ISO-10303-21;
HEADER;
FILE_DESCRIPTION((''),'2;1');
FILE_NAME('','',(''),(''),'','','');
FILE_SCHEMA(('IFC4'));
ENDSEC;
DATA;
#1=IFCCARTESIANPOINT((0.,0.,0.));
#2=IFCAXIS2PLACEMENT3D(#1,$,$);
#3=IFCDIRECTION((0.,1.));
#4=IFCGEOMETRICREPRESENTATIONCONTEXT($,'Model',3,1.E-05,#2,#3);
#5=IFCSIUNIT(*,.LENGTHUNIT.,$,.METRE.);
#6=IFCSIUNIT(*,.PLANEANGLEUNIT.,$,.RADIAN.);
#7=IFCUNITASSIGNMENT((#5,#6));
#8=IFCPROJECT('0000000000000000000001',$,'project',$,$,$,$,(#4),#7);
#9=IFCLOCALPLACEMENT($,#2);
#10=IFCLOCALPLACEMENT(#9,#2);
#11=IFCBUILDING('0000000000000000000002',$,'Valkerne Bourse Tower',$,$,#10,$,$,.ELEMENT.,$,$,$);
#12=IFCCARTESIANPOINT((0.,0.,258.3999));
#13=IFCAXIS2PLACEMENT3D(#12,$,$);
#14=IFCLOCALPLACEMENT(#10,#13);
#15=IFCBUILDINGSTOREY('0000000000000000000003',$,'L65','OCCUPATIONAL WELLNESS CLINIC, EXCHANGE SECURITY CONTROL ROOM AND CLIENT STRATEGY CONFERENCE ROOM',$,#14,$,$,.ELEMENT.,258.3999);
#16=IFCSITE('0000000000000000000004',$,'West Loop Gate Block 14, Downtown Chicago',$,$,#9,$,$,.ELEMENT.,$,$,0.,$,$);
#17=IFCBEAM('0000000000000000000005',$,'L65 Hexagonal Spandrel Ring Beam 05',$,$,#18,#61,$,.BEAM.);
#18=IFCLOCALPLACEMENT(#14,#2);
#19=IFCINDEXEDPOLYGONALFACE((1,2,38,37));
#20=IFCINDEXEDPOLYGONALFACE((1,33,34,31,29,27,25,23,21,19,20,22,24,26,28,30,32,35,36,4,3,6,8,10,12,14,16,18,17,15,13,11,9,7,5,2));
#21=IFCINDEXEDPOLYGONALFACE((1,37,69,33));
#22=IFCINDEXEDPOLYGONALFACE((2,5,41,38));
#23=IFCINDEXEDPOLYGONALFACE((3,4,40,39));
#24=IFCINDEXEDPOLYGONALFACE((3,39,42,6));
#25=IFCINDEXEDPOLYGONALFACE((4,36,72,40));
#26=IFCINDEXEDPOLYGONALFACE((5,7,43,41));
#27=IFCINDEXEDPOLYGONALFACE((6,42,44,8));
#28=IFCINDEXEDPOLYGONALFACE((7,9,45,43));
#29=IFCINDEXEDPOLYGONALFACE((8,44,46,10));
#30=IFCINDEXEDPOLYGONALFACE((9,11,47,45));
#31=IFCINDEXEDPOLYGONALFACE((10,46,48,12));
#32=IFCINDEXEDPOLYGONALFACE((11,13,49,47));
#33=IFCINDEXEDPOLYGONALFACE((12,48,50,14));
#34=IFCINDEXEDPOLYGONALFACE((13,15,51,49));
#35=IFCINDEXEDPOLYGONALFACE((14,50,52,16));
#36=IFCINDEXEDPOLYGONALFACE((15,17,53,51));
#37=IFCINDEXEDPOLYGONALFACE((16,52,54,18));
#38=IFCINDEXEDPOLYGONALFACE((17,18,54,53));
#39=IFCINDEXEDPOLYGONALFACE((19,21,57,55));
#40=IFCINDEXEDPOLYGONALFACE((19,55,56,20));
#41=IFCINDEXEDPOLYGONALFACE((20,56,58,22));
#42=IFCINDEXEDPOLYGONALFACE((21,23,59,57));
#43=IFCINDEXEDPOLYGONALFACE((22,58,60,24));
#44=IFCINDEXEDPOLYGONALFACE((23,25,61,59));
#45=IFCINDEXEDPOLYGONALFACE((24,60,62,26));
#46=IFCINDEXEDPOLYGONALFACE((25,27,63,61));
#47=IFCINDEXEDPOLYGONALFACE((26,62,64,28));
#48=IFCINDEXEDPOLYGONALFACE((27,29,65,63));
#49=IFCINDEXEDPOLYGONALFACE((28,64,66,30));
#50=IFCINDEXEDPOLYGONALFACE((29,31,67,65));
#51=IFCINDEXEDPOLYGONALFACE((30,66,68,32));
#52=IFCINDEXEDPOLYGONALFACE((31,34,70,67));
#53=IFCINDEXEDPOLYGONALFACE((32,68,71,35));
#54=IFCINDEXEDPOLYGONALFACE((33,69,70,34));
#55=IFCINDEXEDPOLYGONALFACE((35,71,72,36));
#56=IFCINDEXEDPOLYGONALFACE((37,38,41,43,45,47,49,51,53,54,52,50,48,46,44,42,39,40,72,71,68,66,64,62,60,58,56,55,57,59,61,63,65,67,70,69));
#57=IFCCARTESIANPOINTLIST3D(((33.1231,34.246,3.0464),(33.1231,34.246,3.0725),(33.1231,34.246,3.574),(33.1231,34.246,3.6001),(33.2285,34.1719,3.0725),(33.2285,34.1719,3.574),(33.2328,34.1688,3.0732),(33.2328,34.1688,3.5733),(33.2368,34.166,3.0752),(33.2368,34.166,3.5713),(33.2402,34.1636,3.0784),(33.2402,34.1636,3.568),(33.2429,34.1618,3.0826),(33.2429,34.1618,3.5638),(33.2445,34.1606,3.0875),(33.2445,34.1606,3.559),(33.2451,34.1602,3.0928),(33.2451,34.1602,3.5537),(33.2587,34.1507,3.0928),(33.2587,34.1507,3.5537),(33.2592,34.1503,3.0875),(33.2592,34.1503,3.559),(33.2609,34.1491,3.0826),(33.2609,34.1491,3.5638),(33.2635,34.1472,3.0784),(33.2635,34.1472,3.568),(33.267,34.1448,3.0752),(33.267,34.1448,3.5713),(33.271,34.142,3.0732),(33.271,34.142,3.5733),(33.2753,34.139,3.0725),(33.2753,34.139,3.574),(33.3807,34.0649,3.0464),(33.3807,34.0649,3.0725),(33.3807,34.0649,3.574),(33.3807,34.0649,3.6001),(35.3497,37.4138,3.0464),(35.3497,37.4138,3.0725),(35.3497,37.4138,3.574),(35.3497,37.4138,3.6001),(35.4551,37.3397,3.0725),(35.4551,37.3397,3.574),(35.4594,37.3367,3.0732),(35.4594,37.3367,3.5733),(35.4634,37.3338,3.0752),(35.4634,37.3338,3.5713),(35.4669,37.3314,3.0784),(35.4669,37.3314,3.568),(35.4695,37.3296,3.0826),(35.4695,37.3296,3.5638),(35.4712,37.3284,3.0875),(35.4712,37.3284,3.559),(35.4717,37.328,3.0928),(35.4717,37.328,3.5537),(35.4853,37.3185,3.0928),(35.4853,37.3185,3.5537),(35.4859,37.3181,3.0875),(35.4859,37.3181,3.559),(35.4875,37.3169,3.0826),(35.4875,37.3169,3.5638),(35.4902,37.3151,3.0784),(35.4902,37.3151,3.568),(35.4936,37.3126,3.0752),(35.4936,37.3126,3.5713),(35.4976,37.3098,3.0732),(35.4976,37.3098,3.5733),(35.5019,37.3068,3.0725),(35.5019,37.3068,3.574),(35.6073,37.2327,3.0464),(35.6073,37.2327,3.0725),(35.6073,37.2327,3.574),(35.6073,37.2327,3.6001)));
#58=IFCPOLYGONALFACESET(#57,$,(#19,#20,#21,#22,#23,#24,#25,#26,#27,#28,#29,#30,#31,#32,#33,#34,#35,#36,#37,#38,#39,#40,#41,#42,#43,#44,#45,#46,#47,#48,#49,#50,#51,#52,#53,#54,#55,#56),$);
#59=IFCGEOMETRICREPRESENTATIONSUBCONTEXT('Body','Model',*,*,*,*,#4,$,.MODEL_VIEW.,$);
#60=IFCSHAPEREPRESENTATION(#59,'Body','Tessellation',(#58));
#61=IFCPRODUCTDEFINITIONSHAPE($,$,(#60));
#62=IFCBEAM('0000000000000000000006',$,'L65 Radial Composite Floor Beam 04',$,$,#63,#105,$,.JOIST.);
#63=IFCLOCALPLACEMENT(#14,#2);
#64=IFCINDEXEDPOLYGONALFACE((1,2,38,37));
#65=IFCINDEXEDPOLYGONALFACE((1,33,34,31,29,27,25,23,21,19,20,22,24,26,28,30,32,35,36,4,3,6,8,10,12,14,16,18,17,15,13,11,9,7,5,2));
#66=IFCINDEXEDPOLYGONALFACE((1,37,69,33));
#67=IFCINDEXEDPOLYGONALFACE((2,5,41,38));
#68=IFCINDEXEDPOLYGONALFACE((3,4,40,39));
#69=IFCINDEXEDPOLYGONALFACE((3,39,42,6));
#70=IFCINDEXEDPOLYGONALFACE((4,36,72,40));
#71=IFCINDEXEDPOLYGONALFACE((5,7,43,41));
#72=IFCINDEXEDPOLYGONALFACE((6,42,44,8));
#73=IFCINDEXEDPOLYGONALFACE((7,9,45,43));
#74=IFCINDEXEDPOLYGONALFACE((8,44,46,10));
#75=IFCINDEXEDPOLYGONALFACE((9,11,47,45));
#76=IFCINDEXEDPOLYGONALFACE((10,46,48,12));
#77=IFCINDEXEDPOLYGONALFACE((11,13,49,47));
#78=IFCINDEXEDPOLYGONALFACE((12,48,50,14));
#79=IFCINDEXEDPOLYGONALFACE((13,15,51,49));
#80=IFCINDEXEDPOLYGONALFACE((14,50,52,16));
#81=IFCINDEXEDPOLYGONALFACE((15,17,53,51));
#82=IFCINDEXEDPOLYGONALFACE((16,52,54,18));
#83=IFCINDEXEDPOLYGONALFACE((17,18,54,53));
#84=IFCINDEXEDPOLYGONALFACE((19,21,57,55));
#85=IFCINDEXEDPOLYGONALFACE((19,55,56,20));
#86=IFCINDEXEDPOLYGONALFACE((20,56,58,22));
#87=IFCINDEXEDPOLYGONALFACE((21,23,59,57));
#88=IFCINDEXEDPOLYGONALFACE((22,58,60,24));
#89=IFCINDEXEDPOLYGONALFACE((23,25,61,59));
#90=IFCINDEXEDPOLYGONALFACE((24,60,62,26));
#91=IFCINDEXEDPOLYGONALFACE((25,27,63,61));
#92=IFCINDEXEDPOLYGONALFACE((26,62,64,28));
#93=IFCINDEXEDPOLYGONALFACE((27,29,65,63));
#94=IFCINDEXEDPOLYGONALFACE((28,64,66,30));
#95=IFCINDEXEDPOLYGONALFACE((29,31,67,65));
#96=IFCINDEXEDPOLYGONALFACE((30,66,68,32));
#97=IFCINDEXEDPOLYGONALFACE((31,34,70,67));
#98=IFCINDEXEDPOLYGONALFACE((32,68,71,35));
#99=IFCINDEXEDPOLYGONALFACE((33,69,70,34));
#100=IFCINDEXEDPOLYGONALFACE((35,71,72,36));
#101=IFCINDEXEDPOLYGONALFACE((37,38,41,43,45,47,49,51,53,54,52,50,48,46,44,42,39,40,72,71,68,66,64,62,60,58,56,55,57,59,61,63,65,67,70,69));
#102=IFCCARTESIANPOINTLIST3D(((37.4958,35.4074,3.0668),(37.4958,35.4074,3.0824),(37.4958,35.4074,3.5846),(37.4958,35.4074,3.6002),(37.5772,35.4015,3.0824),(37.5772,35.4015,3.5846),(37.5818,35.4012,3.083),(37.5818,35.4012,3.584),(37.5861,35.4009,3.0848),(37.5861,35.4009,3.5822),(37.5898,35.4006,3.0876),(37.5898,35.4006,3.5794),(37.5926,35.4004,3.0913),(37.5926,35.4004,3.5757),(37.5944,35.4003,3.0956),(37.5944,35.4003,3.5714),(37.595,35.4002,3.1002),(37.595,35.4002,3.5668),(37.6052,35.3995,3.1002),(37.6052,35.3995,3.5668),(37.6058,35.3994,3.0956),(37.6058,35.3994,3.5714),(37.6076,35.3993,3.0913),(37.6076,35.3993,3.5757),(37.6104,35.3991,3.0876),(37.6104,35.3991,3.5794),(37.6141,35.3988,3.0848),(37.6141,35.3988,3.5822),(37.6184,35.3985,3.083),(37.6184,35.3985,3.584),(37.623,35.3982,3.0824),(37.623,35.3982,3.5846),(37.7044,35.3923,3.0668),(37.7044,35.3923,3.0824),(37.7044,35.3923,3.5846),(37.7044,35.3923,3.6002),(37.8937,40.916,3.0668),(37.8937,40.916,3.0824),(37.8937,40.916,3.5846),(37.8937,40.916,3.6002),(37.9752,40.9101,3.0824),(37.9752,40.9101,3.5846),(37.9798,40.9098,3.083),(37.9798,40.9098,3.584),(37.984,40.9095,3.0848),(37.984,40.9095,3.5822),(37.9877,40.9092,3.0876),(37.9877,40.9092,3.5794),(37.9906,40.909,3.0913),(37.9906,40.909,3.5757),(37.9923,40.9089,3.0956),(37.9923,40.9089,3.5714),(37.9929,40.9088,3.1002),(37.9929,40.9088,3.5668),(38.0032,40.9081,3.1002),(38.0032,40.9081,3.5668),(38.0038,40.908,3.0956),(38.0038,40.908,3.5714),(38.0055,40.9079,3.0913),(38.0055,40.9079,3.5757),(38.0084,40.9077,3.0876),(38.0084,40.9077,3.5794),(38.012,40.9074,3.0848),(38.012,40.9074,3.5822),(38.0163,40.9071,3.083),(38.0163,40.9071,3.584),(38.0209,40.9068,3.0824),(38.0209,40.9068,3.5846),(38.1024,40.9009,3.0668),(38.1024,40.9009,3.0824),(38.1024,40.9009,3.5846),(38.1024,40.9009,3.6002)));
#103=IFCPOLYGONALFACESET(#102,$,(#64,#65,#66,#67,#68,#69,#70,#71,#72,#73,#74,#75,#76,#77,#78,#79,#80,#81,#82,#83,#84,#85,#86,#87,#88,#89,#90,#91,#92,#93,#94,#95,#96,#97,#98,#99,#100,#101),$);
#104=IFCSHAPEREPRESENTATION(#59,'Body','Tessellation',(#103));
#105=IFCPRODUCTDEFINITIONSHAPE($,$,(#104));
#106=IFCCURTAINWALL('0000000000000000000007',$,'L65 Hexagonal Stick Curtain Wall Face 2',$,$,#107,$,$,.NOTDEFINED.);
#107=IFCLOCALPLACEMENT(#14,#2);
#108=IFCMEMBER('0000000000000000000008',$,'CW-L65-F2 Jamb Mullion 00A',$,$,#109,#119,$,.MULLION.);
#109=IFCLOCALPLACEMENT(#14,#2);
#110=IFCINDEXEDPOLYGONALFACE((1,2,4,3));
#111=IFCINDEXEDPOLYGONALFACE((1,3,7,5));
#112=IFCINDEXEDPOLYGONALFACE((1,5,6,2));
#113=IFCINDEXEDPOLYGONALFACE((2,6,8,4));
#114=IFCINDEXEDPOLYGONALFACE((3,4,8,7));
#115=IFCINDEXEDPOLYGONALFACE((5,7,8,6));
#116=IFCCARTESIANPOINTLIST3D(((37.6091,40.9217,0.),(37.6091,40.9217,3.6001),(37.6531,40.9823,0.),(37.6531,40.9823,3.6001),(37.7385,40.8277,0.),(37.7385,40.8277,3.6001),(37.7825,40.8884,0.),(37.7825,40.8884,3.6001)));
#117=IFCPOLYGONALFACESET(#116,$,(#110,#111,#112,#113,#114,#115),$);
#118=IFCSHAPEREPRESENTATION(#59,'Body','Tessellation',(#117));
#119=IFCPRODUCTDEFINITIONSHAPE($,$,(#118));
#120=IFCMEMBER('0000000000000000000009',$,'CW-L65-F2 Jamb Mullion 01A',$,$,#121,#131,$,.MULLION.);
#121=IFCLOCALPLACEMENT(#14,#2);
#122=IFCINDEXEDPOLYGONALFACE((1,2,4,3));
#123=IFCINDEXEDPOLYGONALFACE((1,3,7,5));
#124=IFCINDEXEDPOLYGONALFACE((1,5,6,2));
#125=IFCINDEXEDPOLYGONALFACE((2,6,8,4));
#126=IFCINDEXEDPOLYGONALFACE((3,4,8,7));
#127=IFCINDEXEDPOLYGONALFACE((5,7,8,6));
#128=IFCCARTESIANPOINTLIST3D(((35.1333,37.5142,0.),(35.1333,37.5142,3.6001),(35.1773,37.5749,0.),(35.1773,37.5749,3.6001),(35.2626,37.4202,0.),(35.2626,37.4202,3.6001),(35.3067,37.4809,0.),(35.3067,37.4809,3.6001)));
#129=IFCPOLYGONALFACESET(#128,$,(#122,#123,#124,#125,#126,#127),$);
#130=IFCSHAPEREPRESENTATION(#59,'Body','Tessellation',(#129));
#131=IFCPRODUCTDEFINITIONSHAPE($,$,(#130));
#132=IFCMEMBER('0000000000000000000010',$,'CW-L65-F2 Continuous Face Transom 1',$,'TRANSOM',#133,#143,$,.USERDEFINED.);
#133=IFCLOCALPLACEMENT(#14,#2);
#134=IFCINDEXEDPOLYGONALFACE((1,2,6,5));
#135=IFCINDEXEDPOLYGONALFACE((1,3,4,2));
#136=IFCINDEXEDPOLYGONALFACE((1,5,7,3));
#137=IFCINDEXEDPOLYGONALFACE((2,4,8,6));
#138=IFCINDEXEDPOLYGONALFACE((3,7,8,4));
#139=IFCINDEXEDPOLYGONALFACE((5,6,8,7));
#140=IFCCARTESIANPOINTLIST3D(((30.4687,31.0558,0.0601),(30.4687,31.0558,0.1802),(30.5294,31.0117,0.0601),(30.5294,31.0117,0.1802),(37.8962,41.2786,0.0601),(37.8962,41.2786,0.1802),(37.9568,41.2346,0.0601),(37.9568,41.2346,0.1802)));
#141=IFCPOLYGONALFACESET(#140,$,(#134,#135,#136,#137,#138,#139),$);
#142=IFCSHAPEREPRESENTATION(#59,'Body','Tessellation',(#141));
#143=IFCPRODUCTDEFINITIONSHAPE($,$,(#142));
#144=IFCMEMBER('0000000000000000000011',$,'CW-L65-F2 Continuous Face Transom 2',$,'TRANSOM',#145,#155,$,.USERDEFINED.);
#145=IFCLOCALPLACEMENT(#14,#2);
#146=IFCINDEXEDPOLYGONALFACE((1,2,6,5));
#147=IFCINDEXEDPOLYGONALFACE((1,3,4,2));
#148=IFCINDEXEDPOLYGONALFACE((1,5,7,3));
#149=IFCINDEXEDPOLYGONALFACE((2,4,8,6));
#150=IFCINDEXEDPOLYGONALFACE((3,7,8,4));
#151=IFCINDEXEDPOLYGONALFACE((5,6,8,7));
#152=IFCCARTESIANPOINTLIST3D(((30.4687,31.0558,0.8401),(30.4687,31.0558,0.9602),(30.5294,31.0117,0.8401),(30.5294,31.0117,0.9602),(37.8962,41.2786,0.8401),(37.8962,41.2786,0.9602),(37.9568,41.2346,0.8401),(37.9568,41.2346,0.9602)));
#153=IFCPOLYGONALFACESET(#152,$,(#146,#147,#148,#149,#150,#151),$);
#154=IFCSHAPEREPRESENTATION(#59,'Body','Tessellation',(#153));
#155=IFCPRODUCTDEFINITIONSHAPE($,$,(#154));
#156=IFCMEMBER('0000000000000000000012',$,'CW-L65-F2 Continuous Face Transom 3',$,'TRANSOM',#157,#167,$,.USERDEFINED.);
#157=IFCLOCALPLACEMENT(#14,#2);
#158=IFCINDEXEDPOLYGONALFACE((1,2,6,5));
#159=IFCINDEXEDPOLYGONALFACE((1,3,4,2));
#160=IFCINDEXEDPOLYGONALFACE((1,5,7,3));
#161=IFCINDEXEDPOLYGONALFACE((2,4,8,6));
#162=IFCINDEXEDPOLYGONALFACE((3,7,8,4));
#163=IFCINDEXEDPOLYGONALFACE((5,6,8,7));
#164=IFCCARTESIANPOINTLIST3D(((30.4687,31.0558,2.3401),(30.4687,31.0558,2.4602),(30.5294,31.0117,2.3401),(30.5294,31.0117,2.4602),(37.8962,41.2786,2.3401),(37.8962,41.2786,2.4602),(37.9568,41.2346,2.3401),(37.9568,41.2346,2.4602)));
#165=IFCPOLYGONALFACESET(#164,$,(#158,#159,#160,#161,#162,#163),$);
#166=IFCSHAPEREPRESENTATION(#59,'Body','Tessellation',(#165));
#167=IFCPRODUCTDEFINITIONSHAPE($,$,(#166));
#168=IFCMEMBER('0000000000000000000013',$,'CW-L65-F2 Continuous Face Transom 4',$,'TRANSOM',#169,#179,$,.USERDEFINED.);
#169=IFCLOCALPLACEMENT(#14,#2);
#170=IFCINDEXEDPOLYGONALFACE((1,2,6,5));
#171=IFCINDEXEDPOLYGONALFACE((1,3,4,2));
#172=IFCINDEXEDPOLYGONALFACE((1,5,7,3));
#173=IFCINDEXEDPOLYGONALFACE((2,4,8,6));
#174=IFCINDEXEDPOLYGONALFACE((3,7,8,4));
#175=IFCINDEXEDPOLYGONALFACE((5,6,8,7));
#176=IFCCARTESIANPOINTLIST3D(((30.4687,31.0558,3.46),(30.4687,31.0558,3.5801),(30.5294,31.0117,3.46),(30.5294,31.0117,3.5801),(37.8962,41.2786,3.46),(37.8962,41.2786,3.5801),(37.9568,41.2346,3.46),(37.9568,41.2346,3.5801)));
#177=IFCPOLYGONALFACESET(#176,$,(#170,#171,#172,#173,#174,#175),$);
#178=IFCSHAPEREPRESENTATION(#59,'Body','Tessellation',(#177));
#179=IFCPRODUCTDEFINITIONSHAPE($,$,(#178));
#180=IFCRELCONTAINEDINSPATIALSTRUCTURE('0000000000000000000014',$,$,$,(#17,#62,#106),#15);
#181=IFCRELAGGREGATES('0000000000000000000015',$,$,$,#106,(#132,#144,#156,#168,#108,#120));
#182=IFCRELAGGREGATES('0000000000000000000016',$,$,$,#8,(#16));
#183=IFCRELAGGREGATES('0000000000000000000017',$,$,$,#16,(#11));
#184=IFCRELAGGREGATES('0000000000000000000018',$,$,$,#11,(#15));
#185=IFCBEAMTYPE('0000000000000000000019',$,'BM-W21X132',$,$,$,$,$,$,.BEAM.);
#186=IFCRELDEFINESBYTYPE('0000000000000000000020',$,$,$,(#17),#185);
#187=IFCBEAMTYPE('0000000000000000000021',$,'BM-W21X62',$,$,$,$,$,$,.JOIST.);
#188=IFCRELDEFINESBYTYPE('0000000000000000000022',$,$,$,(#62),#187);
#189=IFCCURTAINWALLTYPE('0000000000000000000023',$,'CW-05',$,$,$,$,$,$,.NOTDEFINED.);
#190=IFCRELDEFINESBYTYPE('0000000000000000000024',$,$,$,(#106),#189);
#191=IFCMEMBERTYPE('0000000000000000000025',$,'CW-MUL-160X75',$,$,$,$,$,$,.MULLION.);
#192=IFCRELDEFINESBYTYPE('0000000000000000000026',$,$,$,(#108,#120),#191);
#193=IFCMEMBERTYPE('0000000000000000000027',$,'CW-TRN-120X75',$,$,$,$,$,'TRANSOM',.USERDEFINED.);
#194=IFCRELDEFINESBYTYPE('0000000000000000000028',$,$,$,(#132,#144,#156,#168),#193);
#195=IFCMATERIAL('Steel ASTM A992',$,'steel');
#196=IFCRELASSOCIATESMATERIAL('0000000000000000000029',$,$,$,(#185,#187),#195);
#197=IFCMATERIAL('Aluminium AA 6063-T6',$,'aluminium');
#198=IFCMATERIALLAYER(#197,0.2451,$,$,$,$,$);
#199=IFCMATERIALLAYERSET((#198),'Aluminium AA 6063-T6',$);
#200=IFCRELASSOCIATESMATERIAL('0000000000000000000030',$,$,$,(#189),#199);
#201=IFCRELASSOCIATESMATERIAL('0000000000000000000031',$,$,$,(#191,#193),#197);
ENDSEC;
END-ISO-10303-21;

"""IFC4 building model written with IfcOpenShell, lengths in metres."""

from ifc_helpers import new_model, si_unit, direction, frame, origin, origin_2d, place, context, subcontext, project, spatial, rectangle, i_section, extrude, material, layer, layer_set, material_profile, profile_set, type_object, element, aggregate, save


model = new_model("IFC4")

# Units and contexts
model_context = context("Model", 3, precision=1e-05, world=origin(), true_north=direction((0.0, 1.0)))
body_context = subcontext(model_context, "Body", "Model", "MODEL_VIEW")
ifc_project = project(units=[si_unit("LENGTHUNIT", "METRE"), si_unit("PLANEANGLEUNIT", "RADIAN")], contexts=[model_context])

# Site, building, storey
site_placement = place(None, origin())
site = spatial("IfcSite", under=ifc_project, at=site_placement, Name="West Loop Gate Block 14, Downtown Chicago", CompositionType="ELEMENT", RefElevation=0.0)
building_placement = place(site_placement, origin())
building = spatial("IfcBuilding", under=site, at=building_placement, Name="Valkerne Bourse Tower", CompositionType="ELEMENT")
storey_placement = place(building_placement, frame((0.0, 0.0, 258.3999)))
storey = spatial("IfcBuildingStorey", under=building, at=storey_placement, Name="L65", Description="OCCUPATIONAL WELLNESS CLINIC, EXCHANGE SECURITY CONTROL ROOM AND CLIENT STRATEGY CONFERENCE ROOM", CompositionType="ELEMENT", Elevation=258.3999)

# Beams
ifc_material_1 = material(Name="Steel ASTM A992", Category="steel")
ifc_material_profile_1 = material_profile(ifc_material_1, i_section(OverallWidth=0.3149, OverallDepth=0.5537, WebThickness=0.0166, FlangeThickness=0.0261, FilletRadius=0.0203, at=origin_2d()), Name="W21X132")
ifc_profile_set_1 = profile_set([ifc_material_profile_1], Name="Steel ASTM A992")
beam_type_1 = type_object("IfcBeamType", Name="BM-W21X132", PredefinedType="BEAM", material=ifc_profile_set_1)
beam_1_placement = place(storey_placement, frame((35.4785, 37.3232, 3.3232), z_axis=(-0.575048, -0.81812, 0.0), x_axis=(0.81812, -0.575048, 0.0)))
element("IfcBeam", 1, at=beam_1_placement, inside=storey, type_object=beam_type_1, Name="L65 Hexagonal Spandrel Ring Beam 05", PredefinedType="BEAM", context=body_context, shape_type="SweptSolid", body=[
    extrude(i_section(OverallWidth=0.3149, OverallDepth=0.5537, WebThickness=0.0166, FlangeThickness=0.0261, FilletRadius=0.0203, at=origin_2d()), origin(), (0.0, 0.0, 1.0), 3.8721),
])
ifc_material_profile_2 = material_profile(ifc_material_1, i_section(OverallWidth=0.2092, OverallDepth=0.5334, WebThickness=0.0103, FlangeThickness=0.0156, FilletRadius=0.0178, at=origin_2d()), Name="W21X62")
ifc_profile_set_2 = profile_set([ifc_material_profile_2], Name="Steel ASTM A992")
beam_type_2 = type_object("IfcBeamType", Name="BM-W21X62", PredefinedType="JOIST", material=ifc_profile_set_2)
beam_2_placement = place(storey_placement, frame((37.998, 40.9084, 3.3335), z_axis=(-0.072054, -0.997401, 0.0), x_axis=(0.997401, -0.072054, 0.0)))
element("IfcBeam", 2, at=beam_2_placement, inside=storey, type_object=beam_type_2, Name="L65 Radial Composite Floor Beam 04", PredefinedType="JOIST", context=body_context, shape_type="SweptSolid", body=[
    extrude(i_section(OverallWidth=0.2092, OverallDepth=0.5334, WebThickness=0.0103, FlangeThickness=0.0156, FilletRadius=0.0178, at=origin_2d()), origin(), (0.0, 0.0, 1.0), 5.5229),
])

# Curtain wall, members
ifc_material_2 = material(Name="Aluminium AA 6063-T6", Category="aluminium")
ifc_layer_1 = layer(ifc_material_2, 0.2451)
ifc_layer_set_1 = layer_set([ifc_layer_1], Name="Aluminium AA 6063-T6")
curtain_wall_type = type_object("IfcCurtainWallType", Name="CW-05", PredefinedType="NOTDEFINED", material=ifc_layer_set_1)
curtain_wall_placement = place(storey_placement, origin())
curtain_wall = element("IfcCurtainWall", 3, at=curtain_wall_placement, inside=storey, type_object=curtain_wall_type, Name="L65 Hexagonal Stick Curtain Wall Face 2", PredefinedType="NOTDEFINED")
ifc_material_profile_3 = material_profile(ifc_material_2, rectangle(XDim=0.075, YDim=0.1599, at=origin_2d()), Name="CWM-75X160")
ifc_profile_set_3 = profile_set([ifc_material_profile_3], Name="Aluminium AA 6063-T6")
member_type_1 = type_object("IfcMemberType", Name="CW-MUL-160X75", PredefinedType="MULLION", material=ifc_profile_set_3)
member_1_placement = place(storey_placement, frame((37.6958, 40.905, 0.0), z_axis=(0.0, 0.0, 1.0), x_axis=(-0.58779, -0.809013, 0.0)))
member_1 = element("IfcMember", 4, at=member_1_placement, type_object=member_type_1, Name="CW-L65-F2 Jamb Mullion 00A", PredefinedType="MULLION", context=body_context, shape_type="SweptSolid", body=[
    extrude(rectangle(XDim=0.075, YDim=0.1599, at=origin_2d()), origin(), (0.0, 0.0, 1.0), 3.6001),
])
member_2_placement = place(storey_placement, frame((35.22, 37.4976, 0.0), z_axis=(0.0, 0.0, 1.0), x_axis=(-0.587775, -0.809024, 0.0)))
member_2 = element("IfcMember", 5, at=member_2_placement, type_object=member_type_1, Name="CW-L65-F2 Jamb Mullion 01A", PredefinedType="MULLION", context=body_context, shape_type="SweptSolid", body=[
    extrude(rectangle(XDim=0.075, YDim=0.1599, at=origin_2d()), origin(), (0.0, 0.0, 1.0), 3.6001),
])
ifc_material_profile_4 = material_profile(ifc_material_2, rectangle(XDim=0.075, YDim=0.1201, at=origin_2d()), Name="CWT-75X120")
ifc_profile_set_4 = profile_set([ifc_material_profile_4], Name="Aluminium AA 6063-T6")
member_type_2 = type_object("IfcMemberType", Name="CW-TRN-120X75", ElementType="TRANSOM", PredefinedType="USERDEFINED", material=ifc_profile_set_4)
member_3_placement = place(storey_placement, frame((37.9265, 41.2566, 0.1201), z_axis=(-0.587791, -0.809013, 0.0), x_axis=(0.809013, -0.587791, 0.0)))
member_3 = element("IfcMember", 6, at=member_3_placement, type_object=member_type_2, Name="CW-L65-F2 Continuous Face Transom 1", ObjectType="TRANSOM", PredefinedType="USERDEFINED", context=body_context, shape_type="SweptSolid", body=[
    extrude(rectangle(XDim=0.075, YDim=0.1201, at=origin_2d()), origin(), (0.0, 0.0, 1.0), 12.6362),
])
member_4_placement = place(storey_placement, frame((37.9265, 41.2566, 0.9001), z_axis=(-0.587791, -0.809013, 0.0), x_axis=(0.809013, -0.587791, 0.0)))
member_4 = element("IfcMember", 7, at=member_4_placement, type_object=member_type_2, Name="CW-L65-F2 Continuous Face Transom 2", ObjectType="TRANSOM", PredefinedType="USERDEFINED", context=body_context, shape_type="SweptSolid", body=[
    extrude(rectangle(XDim=0.075, YDim=0.1201, at=origin_2d()), origin(), (0.0, 0.0, 1.0), 12.6362),
])
member_5_placement = place(storey_placement, frame((37.9265, 41.2566, 2.4001), z_axis=(-0.587791, -0.809013, 0.0), x_axis=(0.809013, -0.587791, 0.0)))
member_5 = element("IfcMember", 8, at=member_5_placement, type_object=member_type_2, Name="CW-L65-F2 Continuous Face Transom 3", ObjectType="TRANSOM", PredefinedType="USERDEFINED", context=body_context, shape_type="SweptSolid", body=[
    extrude(rectangle(XDim=0.075, YDim=0.1201, at=origin_2d()), origin(), (0.0, 0.0, 1.0), 12.6362),
])
member_6_placement = place(storey_placement, frame((37.9265, 41.2566, 3.52), z_axis=(-0.587791, -0.809013, 0.0), x_axis=(0.809013, -0.587791, 0.0)))
member_6 = element("IfcMember", 9, at=member_6_placement, type_object=member_type_2, Name="CW-L65-F2 Continuous Face Transom 4", ObjectType="TRANSOM", PredefinedType="USERDEFINED", context=body_context, shape_type="SweptSolid", body=[
    extrude(rectangle(XDim=0.075, YDim=0.1201, at=origin_2d()), origin(), (0.0, 0.0, 1.0), 12.6362),
])

aggregate(curtain_wall, [member_3, member_4, member_5, member_6, member_1, member_2])

save(model, "model.ifc")
